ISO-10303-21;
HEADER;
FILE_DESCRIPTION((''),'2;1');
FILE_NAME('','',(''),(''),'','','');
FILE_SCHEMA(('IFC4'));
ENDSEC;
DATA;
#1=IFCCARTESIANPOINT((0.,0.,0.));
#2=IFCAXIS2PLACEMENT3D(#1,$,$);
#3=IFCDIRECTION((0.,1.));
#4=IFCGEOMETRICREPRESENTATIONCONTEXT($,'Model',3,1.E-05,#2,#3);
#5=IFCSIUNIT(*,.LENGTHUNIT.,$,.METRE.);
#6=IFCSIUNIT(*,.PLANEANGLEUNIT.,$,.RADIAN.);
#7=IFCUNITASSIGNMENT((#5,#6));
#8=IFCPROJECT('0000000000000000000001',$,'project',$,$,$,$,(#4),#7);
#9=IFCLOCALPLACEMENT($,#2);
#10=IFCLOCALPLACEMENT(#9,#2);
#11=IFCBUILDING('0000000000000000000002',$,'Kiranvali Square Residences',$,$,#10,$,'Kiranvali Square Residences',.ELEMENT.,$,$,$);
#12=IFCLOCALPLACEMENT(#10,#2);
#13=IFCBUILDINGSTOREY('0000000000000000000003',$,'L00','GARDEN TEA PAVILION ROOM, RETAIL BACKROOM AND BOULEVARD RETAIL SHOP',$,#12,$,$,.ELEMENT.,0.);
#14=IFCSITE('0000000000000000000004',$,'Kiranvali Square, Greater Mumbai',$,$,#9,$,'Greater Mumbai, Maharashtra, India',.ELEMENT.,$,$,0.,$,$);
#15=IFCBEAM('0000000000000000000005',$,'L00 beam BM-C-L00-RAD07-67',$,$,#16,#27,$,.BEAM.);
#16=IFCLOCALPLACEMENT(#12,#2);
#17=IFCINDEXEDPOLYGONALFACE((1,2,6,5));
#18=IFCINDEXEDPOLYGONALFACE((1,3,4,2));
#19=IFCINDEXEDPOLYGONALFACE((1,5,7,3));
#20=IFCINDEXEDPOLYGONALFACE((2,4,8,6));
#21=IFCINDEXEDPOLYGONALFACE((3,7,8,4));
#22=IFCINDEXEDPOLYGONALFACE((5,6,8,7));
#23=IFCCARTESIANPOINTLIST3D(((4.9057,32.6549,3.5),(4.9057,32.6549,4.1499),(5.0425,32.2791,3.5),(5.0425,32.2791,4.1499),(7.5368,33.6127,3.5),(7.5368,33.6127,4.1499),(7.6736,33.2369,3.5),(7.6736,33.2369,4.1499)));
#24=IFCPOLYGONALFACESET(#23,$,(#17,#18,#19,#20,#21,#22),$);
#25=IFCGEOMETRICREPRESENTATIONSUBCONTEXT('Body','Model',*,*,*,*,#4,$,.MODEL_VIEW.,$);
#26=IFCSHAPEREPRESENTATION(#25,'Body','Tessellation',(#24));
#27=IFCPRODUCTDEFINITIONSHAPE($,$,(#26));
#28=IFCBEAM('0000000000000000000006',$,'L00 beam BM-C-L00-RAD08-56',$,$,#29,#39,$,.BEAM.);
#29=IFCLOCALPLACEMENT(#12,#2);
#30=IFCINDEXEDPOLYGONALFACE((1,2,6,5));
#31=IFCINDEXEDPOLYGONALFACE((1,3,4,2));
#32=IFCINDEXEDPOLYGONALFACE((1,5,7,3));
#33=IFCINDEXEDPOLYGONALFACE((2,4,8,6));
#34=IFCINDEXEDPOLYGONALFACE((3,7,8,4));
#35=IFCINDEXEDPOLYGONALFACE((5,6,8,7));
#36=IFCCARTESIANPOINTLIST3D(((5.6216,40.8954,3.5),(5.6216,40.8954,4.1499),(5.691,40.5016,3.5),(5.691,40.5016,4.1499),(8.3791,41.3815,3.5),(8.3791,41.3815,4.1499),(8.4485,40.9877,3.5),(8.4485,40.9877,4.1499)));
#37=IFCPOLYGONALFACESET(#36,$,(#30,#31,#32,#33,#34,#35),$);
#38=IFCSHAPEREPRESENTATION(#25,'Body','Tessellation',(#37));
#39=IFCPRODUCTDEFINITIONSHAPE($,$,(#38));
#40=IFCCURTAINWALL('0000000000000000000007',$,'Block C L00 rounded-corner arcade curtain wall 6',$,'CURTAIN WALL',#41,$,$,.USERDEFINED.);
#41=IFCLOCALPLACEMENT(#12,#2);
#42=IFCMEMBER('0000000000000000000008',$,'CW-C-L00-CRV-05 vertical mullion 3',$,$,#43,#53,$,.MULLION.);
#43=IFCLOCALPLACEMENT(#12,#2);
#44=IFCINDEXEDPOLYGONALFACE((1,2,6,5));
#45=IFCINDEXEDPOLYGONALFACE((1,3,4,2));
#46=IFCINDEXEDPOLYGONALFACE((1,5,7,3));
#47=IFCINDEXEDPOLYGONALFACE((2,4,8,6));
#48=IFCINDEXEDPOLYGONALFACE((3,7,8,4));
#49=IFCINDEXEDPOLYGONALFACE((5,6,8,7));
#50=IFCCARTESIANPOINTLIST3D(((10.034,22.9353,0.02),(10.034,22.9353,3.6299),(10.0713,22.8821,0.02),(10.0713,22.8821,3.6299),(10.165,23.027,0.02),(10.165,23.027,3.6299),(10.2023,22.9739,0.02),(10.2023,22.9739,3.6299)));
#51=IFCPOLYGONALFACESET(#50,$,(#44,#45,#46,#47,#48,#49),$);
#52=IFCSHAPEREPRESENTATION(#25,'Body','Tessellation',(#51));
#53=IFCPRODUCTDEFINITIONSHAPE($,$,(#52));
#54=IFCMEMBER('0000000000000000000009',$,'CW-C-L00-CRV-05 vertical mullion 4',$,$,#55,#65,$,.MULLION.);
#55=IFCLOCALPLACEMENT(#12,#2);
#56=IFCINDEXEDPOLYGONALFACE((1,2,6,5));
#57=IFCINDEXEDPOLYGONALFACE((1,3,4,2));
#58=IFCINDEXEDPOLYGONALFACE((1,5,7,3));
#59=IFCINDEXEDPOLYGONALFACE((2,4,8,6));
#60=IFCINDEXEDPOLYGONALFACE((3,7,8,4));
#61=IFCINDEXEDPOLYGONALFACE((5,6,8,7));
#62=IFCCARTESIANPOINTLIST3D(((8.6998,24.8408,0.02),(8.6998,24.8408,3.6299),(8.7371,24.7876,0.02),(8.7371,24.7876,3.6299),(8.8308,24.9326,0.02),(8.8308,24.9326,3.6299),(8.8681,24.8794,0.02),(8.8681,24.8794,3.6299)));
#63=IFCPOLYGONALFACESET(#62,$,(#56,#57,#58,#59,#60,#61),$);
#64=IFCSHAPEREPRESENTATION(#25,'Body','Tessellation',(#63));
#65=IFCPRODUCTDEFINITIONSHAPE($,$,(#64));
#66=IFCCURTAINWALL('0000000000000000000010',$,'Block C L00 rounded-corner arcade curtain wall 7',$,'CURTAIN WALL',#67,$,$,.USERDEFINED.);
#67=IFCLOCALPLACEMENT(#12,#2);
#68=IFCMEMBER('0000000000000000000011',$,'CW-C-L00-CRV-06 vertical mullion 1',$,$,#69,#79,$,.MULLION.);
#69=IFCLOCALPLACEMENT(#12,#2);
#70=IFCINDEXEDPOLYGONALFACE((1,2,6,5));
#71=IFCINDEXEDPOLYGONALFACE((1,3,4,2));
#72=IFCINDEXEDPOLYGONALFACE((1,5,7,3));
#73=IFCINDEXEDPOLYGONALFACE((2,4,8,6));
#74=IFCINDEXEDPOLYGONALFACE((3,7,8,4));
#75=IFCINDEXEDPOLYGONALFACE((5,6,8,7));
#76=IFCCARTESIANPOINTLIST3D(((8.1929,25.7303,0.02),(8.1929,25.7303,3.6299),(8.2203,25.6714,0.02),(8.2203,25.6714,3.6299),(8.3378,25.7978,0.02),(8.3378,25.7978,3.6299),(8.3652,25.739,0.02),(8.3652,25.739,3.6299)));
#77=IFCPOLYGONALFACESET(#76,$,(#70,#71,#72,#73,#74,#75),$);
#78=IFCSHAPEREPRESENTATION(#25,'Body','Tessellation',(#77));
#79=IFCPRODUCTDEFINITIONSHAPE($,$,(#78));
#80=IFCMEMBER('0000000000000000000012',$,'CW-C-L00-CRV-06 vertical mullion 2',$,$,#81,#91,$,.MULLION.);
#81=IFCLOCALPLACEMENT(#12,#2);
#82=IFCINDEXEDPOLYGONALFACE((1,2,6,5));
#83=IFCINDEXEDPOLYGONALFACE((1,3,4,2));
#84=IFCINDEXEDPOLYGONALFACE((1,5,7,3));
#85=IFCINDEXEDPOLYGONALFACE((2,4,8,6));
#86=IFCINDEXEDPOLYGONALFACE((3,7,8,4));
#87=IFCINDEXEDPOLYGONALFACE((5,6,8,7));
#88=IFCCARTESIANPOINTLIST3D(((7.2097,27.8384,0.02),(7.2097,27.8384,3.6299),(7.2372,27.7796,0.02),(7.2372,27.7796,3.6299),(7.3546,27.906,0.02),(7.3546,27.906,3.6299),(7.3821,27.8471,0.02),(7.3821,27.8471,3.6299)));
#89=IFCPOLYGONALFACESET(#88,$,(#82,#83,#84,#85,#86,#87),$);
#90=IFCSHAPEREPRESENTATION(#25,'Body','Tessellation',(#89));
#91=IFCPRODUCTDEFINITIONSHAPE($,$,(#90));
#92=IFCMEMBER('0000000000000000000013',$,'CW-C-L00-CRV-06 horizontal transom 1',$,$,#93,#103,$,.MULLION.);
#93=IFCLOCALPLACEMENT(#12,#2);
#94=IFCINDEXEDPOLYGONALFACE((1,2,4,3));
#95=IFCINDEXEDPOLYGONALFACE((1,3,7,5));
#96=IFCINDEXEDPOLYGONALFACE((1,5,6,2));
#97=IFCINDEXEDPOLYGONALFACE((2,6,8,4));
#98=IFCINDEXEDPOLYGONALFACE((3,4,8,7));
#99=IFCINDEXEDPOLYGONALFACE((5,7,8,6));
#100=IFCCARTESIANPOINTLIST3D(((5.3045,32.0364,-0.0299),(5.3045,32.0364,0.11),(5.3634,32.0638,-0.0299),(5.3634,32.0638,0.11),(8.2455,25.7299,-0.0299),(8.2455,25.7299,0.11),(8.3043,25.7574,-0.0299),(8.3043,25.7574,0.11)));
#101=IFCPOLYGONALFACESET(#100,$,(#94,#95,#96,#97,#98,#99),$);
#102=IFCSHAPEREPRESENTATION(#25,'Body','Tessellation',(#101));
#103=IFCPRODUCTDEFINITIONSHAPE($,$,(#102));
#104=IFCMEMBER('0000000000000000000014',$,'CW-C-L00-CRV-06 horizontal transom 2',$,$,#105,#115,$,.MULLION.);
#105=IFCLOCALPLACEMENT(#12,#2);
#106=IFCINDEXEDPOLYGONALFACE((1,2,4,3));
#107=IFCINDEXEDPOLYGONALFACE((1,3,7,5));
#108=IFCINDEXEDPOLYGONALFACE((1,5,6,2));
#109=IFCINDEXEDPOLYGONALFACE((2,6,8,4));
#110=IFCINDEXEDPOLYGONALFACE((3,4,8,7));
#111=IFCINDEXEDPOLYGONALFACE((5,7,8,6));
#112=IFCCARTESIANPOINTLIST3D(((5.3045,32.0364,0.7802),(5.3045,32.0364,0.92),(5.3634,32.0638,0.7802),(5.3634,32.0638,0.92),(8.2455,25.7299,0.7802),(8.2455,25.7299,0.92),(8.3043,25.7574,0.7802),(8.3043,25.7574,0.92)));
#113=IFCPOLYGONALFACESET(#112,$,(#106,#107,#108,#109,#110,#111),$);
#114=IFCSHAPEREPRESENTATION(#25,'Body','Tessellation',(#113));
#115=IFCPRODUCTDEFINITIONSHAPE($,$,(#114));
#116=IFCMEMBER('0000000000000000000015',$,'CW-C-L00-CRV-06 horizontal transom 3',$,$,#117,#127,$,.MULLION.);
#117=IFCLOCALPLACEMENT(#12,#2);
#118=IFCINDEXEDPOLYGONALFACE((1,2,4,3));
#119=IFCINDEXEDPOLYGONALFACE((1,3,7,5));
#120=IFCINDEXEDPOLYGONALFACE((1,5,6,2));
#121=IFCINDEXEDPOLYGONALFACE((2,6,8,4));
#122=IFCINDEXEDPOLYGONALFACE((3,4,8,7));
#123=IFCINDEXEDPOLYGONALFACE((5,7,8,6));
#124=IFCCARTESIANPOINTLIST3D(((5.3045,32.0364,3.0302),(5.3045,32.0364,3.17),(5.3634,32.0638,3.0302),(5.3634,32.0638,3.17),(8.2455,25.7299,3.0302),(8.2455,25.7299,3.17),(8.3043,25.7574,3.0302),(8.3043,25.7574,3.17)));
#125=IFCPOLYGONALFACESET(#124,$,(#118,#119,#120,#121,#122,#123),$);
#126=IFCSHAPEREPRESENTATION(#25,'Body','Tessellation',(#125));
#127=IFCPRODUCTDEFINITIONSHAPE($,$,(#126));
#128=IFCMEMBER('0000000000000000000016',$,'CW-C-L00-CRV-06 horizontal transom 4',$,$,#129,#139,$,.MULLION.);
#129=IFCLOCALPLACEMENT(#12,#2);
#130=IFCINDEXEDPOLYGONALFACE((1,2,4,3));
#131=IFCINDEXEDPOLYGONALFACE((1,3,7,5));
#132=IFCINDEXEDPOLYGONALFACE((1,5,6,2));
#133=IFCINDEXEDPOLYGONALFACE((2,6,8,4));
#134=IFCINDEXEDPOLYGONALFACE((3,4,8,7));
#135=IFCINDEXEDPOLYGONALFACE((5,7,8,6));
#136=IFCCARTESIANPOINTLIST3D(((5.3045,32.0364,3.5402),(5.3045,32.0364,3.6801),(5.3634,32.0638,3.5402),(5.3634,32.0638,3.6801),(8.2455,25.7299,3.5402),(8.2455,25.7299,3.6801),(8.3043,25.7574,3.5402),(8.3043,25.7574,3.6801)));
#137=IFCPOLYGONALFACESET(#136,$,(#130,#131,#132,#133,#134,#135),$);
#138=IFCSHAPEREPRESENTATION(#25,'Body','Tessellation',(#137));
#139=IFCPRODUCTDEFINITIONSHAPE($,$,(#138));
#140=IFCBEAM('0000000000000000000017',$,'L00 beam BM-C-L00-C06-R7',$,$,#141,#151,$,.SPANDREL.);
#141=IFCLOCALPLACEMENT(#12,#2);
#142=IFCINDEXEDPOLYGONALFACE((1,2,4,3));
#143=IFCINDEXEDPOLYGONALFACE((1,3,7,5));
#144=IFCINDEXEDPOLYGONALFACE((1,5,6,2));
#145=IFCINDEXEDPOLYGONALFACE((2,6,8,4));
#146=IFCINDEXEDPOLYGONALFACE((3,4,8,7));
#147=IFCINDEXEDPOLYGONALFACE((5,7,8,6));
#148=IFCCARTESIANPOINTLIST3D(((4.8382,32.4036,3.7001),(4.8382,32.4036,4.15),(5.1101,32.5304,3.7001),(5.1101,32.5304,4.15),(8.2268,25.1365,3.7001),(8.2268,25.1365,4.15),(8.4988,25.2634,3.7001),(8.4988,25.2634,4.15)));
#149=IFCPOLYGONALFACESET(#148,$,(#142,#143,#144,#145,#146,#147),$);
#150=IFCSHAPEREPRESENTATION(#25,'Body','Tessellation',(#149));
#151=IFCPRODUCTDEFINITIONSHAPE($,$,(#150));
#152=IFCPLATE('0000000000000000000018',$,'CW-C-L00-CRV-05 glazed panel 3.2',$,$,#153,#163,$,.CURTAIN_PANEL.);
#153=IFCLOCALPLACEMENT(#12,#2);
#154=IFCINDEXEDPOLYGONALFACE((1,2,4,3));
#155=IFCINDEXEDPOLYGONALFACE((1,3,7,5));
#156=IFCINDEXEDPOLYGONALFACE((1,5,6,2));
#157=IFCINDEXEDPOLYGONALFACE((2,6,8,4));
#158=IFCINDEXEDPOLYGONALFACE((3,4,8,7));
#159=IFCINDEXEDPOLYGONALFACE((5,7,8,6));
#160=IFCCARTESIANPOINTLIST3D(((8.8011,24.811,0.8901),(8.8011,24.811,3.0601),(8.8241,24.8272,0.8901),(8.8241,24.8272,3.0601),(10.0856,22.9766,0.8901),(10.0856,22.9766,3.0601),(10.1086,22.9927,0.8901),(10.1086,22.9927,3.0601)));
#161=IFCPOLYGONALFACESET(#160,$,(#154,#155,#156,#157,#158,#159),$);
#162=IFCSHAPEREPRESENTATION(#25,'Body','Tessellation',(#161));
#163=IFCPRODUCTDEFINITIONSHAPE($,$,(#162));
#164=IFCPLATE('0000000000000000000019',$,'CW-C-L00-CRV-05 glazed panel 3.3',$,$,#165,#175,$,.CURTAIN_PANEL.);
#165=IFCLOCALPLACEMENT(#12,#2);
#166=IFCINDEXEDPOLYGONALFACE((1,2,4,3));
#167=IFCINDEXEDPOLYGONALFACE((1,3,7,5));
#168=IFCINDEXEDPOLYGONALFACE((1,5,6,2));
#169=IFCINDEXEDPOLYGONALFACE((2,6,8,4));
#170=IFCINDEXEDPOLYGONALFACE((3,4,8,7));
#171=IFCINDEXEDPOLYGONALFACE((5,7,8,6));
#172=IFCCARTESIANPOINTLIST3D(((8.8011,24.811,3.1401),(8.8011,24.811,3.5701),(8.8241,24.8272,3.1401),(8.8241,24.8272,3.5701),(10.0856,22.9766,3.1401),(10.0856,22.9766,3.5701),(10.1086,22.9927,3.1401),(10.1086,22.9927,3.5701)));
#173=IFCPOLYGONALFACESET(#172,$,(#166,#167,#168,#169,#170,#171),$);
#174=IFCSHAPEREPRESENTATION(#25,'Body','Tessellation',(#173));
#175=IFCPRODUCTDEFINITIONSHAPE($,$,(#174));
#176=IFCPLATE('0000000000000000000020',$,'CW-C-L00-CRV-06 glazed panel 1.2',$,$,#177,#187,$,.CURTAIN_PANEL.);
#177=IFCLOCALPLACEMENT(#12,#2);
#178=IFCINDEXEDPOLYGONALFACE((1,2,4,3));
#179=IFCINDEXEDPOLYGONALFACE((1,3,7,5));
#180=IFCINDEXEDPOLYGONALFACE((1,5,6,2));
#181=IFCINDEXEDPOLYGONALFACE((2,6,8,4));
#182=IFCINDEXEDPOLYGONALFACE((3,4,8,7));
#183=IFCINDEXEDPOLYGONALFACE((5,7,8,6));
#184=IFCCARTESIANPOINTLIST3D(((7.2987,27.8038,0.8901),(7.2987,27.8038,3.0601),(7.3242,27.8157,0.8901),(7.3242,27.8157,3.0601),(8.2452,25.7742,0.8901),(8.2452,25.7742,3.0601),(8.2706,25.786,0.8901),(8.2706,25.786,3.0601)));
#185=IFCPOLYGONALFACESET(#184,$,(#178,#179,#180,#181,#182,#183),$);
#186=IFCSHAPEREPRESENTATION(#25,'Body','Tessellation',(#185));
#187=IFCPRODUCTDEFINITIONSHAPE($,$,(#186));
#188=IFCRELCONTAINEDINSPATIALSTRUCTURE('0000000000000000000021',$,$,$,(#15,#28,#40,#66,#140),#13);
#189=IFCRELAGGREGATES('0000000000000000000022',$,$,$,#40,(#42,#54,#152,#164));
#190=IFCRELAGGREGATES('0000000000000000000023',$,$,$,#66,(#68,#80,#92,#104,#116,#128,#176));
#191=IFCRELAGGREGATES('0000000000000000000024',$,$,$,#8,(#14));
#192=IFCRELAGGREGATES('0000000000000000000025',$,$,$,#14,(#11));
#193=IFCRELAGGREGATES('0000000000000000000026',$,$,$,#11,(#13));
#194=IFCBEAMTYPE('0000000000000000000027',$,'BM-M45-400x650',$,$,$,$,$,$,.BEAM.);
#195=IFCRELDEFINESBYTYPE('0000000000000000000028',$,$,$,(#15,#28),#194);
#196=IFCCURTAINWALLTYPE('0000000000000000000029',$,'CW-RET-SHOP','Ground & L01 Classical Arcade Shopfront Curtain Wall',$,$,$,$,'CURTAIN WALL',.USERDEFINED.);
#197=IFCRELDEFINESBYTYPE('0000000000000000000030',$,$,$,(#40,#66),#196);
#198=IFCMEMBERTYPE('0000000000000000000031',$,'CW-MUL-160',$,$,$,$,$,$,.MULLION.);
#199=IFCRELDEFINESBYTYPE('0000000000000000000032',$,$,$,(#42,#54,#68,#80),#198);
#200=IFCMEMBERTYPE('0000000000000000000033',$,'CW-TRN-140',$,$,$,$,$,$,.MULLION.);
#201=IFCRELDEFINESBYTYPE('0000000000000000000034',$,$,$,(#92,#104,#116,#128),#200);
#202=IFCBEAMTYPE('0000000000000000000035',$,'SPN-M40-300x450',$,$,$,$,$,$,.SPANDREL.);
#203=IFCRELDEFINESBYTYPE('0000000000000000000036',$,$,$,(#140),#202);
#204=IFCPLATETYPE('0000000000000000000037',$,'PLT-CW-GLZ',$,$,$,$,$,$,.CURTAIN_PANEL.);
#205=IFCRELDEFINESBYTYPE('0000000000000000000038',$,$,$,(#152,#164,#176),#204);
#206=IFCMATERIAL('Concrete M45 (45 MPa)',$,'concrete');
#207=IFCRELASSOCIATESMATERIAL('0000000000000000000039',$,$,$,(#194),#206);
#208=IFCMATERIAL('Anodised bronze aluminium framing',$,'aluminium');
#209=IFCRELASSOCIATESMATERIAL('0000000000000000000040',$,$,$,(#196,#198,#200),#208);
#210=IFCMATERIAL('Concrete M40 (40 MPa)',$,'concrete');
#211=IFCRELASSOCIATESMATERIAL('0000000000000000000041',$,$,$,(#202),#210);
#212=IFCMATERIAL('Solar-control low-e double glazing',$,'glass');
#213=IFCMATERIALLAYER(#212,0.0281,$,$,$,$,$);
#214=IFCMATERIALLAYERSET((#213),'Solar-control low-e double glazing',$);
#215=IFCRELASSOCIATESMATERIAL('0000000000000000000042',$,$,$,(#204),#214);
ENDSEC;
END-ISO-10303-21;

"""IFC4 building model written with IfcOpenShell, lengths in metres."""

from ifc_helpers import new_model, si_unit, direction, frame, origin, origin_2d, place, context, subcontext, project, spatial, rectangle, extrude, material, layer, layer_set, material_profile, profile_set, type_object, element, aggregate, save


model = new_model("IFC4")

# Units and contexts
model_context = context("Model", 3, precision=1e-05, world=origin(), true_north=direction((0.0, 1.0)))
body_context = subcontext(model_context, "Body", "Model", "MODEL_VIEW")
ifc_project = project(units=[si_unit("LENGTHUNIT", "METRE"), si_unit("PLANEANGLEUNIT", "RADIAN")], contexts=[model_context])

# Site, building, storey
site_placement = place(None, origin())
site = spatial("IfcSite", under=ifc_project, at=site_placement, Name="Kiranvali Square, Greater Mumbai", LongName="Greater Mumbai, Maharashtra, India", CompositionType="ELEMENT", RefElevation=0.0)
building_placement = place(site_placement, origin())
building = spatial("IfcBuilding", under=site, at=building_placement, Name="Kiranvali Square Residences", LongName="Kiranvali Square Residences", CompositionType="ELEMENT")
storey_placement = place(building_placement, origin())
storey = spatial("IfcBuildingStorey", under=building, at=storey_placement, Name="L00", Description="GARDEN TEA PAVILION ROOM, RETAIL BACKROOM AND BOULEVARD RETAIL SHOP", CompositionType="ELEMENT", Elevation=0.0)

# Beams
ifc_material_1 = material(Name="Concrete M45 (45 MPa)", Category="concrete")
ifc_material_profile_1 = material_profile(ifc_material_1, rectangle(XDim=0.3999, YDim=0.6499, at=origin_2d()), Name="RC 400x650")
ifc_profile_set_1 = profile_set([ifc_material_profile_1], Name="Concrete M45 (45 MPa)")
beam_type_1 = type_object("IfcBeamType", Name="BM-M45-400x650", PredefinedType="BEAM", material=ifc_profile_set_1)
for number, where, z_axis, x_axis, name in (
    (1, (7.6052, 33.4248, 3.825), (-0.939679, -0.342058, 0.0), (0.342058, -0.939679, 0.0), "L00 beam BM-C-L00-RAD07-67"),
    (2, (8.4138, 41.1846, 3.825), (-0.984817, -0.173596, 0.0), (0.173596, -0.984817, 0.0), "L00 beam BM-C-L00-RAD08-56"),
):
    element("IfcBeam", number, at=place(storey_placement, frame(where, z_axis=z_axis, x_axis=x_axis)), inside=storey, type_object=beam_type_1, Name=name, PredefinedType="BEAM", context=body_context, shape_type="SweptSolid", body=[
        extrude(rectangle(XDim=0.3999, YDim=0.6499, at=origin_2d()), origin(), (0.0, 0.0, 1.0), 2.8),
    ])

# Curtain walls, members
ifc_material_2 = material(Name="Anodised bronze aluminium framing", Category="aluminium")
curtain_wall_type = type_object("IfcCurtainWallType", Name="CW-RET-SHOP", Description="Ground & L01 Classical Arcade Shopfront Curtain Wall", ElementType="CURTAIN WALL", PredefinedType="USERDEFINED", material=ifc_material_2)
curtain_wall_1_placement = place(storey_placement, origin())
curtain_wall_1 = element("IfcCurtainWall", 3, at=curtain_wall_1_placement, inside=storey, type_object=curtain_wall_type, Name="Block C L00 rounded-corner arcade curtain wall 6", ObjectType="CURTAIN WALL", PredefinedType="USERDEFINED")
ifc_material_profile_2 = material_profile(ifc_material_2, rectangle(XDim=0.0649, YDim=0.1599, at=origin_2d()), Name="ALU 65x160")
ifc_profile_set_2 = profile_set([ifc_material_profile_2], Name="Anodised bronze aluminium framing")
member_type_1 = type_object("IfcMemberType", Name="CW-MUL-160", PredefinedType="MULLION", material=ifc_profile_set_2)
member_1_placement = place(storey_placement, frame((10.1182, 22.9546, 0.02), z_axis=(0.0, 0.0, 1.0), x_axis=(-0.573576, 0.819152, 0.0)))
member_1 = element("IfcMember", 4, at=member_1_placement, type_object=member_type_1, Name="CW-C-L00-CRV-05 vertical mullion 3", PredefinedType="MULLION", context=body_context, shape_type="SweptSolid", body=[
    extrude(rectangle(XDim=0.0649, YDim=0.1599, at=origin_2d()), origin(), (0.0, 0.0, 1.0), 3.6099),
])
member_2_placement = place(storey_placement, frame((8.7839, 24.8601, 0.02), z_axis=(0.0, 0.0, 1.0), x_axis=(-0.573576, 0.819152, 0.0)))
member_2 = element("IfcMember", 5, at=member_2_placement, type_object=member_type_1, Name="CW-C-L00-CRV-05 vertical mullion 4", PredefinedType="MULLION", context=body_context, shape_type="SweptSolid", body=[
    extrude(rectangle(XDim=0.0649, YDim=0.1599, at=origin_2d()), origin(), (0.0, 0.0, 1.0), 3.6099),
])
curtain_wall_2_placement = place(storey_placement, origin())
curtain_wall_2 = element("IfcCurtainWall", 6, at=curtain_wall_2_placement, inside=storey, type_object=curtain_wall_type, Name="Block C L00 rounded-corner arcade curtain wall 7", ObjectType="CURTAIN WALL", PredefinedType="USERDEFINED")
member_3_placement = place(storey_placement, frame((8.2791, 25.7346, 0.02), z_axis=(0.0, 0.0, 1.0), x_axis=(-0.422618, 0.906308, 0.0)))
member_3 = element("IfcMember", 7, at=member_3_placement, type_object=member_type_1, Name="CW-C-L00-CRV-06 vertical mullion 1", PredefinedType="MULLION", context=body_context, shape_type="SweptSolid", body=[
    extrude(rectangle(XDim=0.0649, YDim=0.1599, at=origin_2d()), origin(), (0.0, 0.0, 1.0), 3.6099),
])
member_4_placement = place(storey_placement, frame((7.2959, 27.8428, 0.02), z_axis=(0.0, 0.0, 1.0), x_axis=(-0.422618, 0.906308, 0.0)))
member_4 = element("IfcMember", 8, at=member_4_placement, type_object=member_type_1, Name="CW-C-L00-CRV-06 vertical mullion 2", PredefinedType="MULLION", context=body_context, shape_type="SweptSolid", body=[
    extrude(rectangle(XDim=0.0649, YDim=0.1599, at=origin_2d()), origin(), (0.0, 0.0, 1.0), 3.6099),
])
ifc_material_profile_3 = material_profile(ifc_material_2, rectangle(XDim=0.0649, YDim=0.1399, at=origin_2d()), Name="ALU 65x140")
ifc_profile_set_3 = profile_set([ifc_material_profile_3], Name="Anodised bronze aluminium framing")
member_type_2 = type_object("IfcMemberType", Name="CW-TRN-140", PredefinedType="MULLION", material=ifc_profile_set_3)
member_5_placement = place(storey_placement, frame((8.2749, 25.7437, 0.04), z_axis=(-0.422642, 0.906297, 0.0), x_axis=(-0.906297, -0.422642, 0.0)))
member_5 = element("IfcMember", 9, at=member_5_placement, type_object=member_type_2, Name="CW-C-L00-CRV-06 horizontal transom 1", PredefinedType="MULLION", context=body_context, shape_type="SweptSolid", body=[
    extrude(rectangle(XDim=0.0649, YDim=0.1399, at=origin_2d()), origin(), (0.0, 0.0, 1.0), 6.9585),
])
member_6_placement = place(storey_placement, frame((8.2749, 25.7437, 0.8501), z_axis=(-0.422642, 0.906297, 0.0), x_axis=(-0.906297, -0.422642, 0.0)))
member_6 = element("IfcMember", 10, at=member_6_placement, type_object=member_type_2, Name="CW-C-L00-CRV-06 horizontal transom 2", PredefinedType="MULLION", context=body_context, shape_type="SweptSolid", body=[
    extrude(rectangle(XDim=0.0649, YDim=0.1399, at=origin_2d()), origin(), (0.0, 0.0, 1.0), 6.9585),
])
member_7_placement = place(storey_placement, frame((8.2749, 25.7437, 3.1001), z_axis=(-0.422642, 0.906297, 0.0), x_axis=(-0.906297, -0.422642, 0.0)))
member_7 = element("IfcMember", 11, at=member_7_placement, type_object=member_type_2, Name="CW-C-L00-CRV-06 horizontal transom 3", PredefinedType="MULLION", context=body_context, shape_type="SweptSolid", body=[
    extrude(rectangle(XDim=0.0649, YDim=0.1399, at=origin_2d()), origin(), (0.0, 0.0, 1.0), 6.9585),
])
member_8_placement = place(storey_placement, frame((8.2749, 25.7437, 3.6101), z_axis=(-0.422642, 0.906297, 0.0), x_axis=(-0.906297, -0.422642, 0.0)))
member_8 = element("IfcMember", 12, at=member_8_placement, type_object=member_type_2, Name="CW-C-L00-CRV-06 horizontal transom 4", PredefinedType="MULLION", context=body_context, shape_type="SweptSolid", body=[
    extrude(rectangle(XDim=0.0649, YDim=0.1399, at=origin_2d()), origin(), (0.0, 0.0, 1.0), 6.9585),
])

# Beam
ifc_material_3 = material(Name="Concrete M40 (40 MPa)", Category="concrete")
ifc_material_profile_4 = material_profile(ifc_material_3, rectangle(XDim=0.3, YDim=0.45, at=origin_2d()), Name="RC 300x450")
ifc_profile_set_4 = profile_set([ifc_material_profile_4], Name="Concrete M40 (40 MPa)")
beam_type_2 = type_object("IfcBeamType", Name="SPN-M40-300x450", PredefinedType="SPANDREL", material=ifc_profile_set_4)
beam_1_placement = place(storey_placement, frame((8.3628, 25.2, 3.925), z_axis=(-0.422615, 0.906309, 0.0), x_axis=(-0.906309, -0.422615, 0.0)))
element("IfcBeam", 13, at=beam_1_placement, inside=storey, type_object=beam_type_2, Name="L00 beam BM-C-L00-C06-R7", PredefinedType="SPANDREL", context=body_context, shape_type="SweptSolid", body=[
    extrude(rectangle(XDim=0.3, YDim=0.45, at=origin_2d()), origin(), (0.0, 0.0, 1.0), 8.0183),
])

# Plates
ifc_material_4 = material(Name="Solar-control low-e double glazing", Category="glass")
ifc_layer_1 = layer(ifc_material_4, 0.0281)
ifc_layer_set_1 = layer_set([ifc_layer_1], Name="Solar-control low-e double glazing")
plate_type_1 = type_object("IfcPlateType", Name="PLT-CW-GLZ", PredefinedType="CURTAIN_PANEL", material=ifc_layer_set_1)
plate_1_placement = place(storey_placement, frame((9.4548, 23.9019, 0.8901), z_axis=(0.0, 0.0, 1.0), x_axis=(-0.573576, 0.819152, 0.0)))
plate_1 = element("IfcPlate", 14, at=plate_1_placement, type_object=plate_type_1, Name="CW-C-L00-CRV-05 glazed panel 3.2", PredefinedType="CURTAIN_PANEL", context=body_context, shape_type="SweptSolid", body=[
    extrude(rectangle(XDim=2.2395, YDim=0.0281, at=origin_2d()), origin(), (0.0, 0.0, 1.0), 2.1699),
])
plate_2_placement = place(storey_placement, frame((9.4548, 23.9019, 3.1401), z_axis=(0.0, 0.0, 1.0), x_axis=(-0.573576, 0.819152, 0.0)))
plate_2 = element("IfcPlate", 15, at=plate_2_placement, type_object=plate_type_1, Name="CW-C-L00-CRV-05 glazed panel 3.3", PredefinedType="CURTAIN_PANEL", context=body_context, shape_type="SweptSolid", body=[
    extrude(rectangle(XDim=2.2395, YDim=0.0281, at=origin_2d()), origin(), (0.0, 0.0, 1.0), 0.4299),
])
plate_3_placement = place(storey_placement, frame((7.7847, 26.7949, 0.8901), z_axis=(0.0, 0.0, 1.0), x_axis=(-0.422618, 0.906308, 0.0)))
plate_3 = element("IfcPlate", 16, at=plate_3_placement, type_object=plate_type_1, Name="CW-C-L00-CRV-06 glazed panel 1.2", PredefinedType="CURTAIN_PANEL", context=body_context, shape_type="SweptSolid", body=[
    extrude(rectangle(XDim=2.2395, YDim=0.0281, at=origin_2d()), origin(), (0.0, 0.0, 1.0), 2.1699),
])
aggregate(curtain_wall_1, [member_1, member_2, plate_1, plate_2])
aggregate(curtain_wall_2, [member_3, member_4, member_5, member_6, member_7, member_8, plate_3])

save(model, "model.ifc")
